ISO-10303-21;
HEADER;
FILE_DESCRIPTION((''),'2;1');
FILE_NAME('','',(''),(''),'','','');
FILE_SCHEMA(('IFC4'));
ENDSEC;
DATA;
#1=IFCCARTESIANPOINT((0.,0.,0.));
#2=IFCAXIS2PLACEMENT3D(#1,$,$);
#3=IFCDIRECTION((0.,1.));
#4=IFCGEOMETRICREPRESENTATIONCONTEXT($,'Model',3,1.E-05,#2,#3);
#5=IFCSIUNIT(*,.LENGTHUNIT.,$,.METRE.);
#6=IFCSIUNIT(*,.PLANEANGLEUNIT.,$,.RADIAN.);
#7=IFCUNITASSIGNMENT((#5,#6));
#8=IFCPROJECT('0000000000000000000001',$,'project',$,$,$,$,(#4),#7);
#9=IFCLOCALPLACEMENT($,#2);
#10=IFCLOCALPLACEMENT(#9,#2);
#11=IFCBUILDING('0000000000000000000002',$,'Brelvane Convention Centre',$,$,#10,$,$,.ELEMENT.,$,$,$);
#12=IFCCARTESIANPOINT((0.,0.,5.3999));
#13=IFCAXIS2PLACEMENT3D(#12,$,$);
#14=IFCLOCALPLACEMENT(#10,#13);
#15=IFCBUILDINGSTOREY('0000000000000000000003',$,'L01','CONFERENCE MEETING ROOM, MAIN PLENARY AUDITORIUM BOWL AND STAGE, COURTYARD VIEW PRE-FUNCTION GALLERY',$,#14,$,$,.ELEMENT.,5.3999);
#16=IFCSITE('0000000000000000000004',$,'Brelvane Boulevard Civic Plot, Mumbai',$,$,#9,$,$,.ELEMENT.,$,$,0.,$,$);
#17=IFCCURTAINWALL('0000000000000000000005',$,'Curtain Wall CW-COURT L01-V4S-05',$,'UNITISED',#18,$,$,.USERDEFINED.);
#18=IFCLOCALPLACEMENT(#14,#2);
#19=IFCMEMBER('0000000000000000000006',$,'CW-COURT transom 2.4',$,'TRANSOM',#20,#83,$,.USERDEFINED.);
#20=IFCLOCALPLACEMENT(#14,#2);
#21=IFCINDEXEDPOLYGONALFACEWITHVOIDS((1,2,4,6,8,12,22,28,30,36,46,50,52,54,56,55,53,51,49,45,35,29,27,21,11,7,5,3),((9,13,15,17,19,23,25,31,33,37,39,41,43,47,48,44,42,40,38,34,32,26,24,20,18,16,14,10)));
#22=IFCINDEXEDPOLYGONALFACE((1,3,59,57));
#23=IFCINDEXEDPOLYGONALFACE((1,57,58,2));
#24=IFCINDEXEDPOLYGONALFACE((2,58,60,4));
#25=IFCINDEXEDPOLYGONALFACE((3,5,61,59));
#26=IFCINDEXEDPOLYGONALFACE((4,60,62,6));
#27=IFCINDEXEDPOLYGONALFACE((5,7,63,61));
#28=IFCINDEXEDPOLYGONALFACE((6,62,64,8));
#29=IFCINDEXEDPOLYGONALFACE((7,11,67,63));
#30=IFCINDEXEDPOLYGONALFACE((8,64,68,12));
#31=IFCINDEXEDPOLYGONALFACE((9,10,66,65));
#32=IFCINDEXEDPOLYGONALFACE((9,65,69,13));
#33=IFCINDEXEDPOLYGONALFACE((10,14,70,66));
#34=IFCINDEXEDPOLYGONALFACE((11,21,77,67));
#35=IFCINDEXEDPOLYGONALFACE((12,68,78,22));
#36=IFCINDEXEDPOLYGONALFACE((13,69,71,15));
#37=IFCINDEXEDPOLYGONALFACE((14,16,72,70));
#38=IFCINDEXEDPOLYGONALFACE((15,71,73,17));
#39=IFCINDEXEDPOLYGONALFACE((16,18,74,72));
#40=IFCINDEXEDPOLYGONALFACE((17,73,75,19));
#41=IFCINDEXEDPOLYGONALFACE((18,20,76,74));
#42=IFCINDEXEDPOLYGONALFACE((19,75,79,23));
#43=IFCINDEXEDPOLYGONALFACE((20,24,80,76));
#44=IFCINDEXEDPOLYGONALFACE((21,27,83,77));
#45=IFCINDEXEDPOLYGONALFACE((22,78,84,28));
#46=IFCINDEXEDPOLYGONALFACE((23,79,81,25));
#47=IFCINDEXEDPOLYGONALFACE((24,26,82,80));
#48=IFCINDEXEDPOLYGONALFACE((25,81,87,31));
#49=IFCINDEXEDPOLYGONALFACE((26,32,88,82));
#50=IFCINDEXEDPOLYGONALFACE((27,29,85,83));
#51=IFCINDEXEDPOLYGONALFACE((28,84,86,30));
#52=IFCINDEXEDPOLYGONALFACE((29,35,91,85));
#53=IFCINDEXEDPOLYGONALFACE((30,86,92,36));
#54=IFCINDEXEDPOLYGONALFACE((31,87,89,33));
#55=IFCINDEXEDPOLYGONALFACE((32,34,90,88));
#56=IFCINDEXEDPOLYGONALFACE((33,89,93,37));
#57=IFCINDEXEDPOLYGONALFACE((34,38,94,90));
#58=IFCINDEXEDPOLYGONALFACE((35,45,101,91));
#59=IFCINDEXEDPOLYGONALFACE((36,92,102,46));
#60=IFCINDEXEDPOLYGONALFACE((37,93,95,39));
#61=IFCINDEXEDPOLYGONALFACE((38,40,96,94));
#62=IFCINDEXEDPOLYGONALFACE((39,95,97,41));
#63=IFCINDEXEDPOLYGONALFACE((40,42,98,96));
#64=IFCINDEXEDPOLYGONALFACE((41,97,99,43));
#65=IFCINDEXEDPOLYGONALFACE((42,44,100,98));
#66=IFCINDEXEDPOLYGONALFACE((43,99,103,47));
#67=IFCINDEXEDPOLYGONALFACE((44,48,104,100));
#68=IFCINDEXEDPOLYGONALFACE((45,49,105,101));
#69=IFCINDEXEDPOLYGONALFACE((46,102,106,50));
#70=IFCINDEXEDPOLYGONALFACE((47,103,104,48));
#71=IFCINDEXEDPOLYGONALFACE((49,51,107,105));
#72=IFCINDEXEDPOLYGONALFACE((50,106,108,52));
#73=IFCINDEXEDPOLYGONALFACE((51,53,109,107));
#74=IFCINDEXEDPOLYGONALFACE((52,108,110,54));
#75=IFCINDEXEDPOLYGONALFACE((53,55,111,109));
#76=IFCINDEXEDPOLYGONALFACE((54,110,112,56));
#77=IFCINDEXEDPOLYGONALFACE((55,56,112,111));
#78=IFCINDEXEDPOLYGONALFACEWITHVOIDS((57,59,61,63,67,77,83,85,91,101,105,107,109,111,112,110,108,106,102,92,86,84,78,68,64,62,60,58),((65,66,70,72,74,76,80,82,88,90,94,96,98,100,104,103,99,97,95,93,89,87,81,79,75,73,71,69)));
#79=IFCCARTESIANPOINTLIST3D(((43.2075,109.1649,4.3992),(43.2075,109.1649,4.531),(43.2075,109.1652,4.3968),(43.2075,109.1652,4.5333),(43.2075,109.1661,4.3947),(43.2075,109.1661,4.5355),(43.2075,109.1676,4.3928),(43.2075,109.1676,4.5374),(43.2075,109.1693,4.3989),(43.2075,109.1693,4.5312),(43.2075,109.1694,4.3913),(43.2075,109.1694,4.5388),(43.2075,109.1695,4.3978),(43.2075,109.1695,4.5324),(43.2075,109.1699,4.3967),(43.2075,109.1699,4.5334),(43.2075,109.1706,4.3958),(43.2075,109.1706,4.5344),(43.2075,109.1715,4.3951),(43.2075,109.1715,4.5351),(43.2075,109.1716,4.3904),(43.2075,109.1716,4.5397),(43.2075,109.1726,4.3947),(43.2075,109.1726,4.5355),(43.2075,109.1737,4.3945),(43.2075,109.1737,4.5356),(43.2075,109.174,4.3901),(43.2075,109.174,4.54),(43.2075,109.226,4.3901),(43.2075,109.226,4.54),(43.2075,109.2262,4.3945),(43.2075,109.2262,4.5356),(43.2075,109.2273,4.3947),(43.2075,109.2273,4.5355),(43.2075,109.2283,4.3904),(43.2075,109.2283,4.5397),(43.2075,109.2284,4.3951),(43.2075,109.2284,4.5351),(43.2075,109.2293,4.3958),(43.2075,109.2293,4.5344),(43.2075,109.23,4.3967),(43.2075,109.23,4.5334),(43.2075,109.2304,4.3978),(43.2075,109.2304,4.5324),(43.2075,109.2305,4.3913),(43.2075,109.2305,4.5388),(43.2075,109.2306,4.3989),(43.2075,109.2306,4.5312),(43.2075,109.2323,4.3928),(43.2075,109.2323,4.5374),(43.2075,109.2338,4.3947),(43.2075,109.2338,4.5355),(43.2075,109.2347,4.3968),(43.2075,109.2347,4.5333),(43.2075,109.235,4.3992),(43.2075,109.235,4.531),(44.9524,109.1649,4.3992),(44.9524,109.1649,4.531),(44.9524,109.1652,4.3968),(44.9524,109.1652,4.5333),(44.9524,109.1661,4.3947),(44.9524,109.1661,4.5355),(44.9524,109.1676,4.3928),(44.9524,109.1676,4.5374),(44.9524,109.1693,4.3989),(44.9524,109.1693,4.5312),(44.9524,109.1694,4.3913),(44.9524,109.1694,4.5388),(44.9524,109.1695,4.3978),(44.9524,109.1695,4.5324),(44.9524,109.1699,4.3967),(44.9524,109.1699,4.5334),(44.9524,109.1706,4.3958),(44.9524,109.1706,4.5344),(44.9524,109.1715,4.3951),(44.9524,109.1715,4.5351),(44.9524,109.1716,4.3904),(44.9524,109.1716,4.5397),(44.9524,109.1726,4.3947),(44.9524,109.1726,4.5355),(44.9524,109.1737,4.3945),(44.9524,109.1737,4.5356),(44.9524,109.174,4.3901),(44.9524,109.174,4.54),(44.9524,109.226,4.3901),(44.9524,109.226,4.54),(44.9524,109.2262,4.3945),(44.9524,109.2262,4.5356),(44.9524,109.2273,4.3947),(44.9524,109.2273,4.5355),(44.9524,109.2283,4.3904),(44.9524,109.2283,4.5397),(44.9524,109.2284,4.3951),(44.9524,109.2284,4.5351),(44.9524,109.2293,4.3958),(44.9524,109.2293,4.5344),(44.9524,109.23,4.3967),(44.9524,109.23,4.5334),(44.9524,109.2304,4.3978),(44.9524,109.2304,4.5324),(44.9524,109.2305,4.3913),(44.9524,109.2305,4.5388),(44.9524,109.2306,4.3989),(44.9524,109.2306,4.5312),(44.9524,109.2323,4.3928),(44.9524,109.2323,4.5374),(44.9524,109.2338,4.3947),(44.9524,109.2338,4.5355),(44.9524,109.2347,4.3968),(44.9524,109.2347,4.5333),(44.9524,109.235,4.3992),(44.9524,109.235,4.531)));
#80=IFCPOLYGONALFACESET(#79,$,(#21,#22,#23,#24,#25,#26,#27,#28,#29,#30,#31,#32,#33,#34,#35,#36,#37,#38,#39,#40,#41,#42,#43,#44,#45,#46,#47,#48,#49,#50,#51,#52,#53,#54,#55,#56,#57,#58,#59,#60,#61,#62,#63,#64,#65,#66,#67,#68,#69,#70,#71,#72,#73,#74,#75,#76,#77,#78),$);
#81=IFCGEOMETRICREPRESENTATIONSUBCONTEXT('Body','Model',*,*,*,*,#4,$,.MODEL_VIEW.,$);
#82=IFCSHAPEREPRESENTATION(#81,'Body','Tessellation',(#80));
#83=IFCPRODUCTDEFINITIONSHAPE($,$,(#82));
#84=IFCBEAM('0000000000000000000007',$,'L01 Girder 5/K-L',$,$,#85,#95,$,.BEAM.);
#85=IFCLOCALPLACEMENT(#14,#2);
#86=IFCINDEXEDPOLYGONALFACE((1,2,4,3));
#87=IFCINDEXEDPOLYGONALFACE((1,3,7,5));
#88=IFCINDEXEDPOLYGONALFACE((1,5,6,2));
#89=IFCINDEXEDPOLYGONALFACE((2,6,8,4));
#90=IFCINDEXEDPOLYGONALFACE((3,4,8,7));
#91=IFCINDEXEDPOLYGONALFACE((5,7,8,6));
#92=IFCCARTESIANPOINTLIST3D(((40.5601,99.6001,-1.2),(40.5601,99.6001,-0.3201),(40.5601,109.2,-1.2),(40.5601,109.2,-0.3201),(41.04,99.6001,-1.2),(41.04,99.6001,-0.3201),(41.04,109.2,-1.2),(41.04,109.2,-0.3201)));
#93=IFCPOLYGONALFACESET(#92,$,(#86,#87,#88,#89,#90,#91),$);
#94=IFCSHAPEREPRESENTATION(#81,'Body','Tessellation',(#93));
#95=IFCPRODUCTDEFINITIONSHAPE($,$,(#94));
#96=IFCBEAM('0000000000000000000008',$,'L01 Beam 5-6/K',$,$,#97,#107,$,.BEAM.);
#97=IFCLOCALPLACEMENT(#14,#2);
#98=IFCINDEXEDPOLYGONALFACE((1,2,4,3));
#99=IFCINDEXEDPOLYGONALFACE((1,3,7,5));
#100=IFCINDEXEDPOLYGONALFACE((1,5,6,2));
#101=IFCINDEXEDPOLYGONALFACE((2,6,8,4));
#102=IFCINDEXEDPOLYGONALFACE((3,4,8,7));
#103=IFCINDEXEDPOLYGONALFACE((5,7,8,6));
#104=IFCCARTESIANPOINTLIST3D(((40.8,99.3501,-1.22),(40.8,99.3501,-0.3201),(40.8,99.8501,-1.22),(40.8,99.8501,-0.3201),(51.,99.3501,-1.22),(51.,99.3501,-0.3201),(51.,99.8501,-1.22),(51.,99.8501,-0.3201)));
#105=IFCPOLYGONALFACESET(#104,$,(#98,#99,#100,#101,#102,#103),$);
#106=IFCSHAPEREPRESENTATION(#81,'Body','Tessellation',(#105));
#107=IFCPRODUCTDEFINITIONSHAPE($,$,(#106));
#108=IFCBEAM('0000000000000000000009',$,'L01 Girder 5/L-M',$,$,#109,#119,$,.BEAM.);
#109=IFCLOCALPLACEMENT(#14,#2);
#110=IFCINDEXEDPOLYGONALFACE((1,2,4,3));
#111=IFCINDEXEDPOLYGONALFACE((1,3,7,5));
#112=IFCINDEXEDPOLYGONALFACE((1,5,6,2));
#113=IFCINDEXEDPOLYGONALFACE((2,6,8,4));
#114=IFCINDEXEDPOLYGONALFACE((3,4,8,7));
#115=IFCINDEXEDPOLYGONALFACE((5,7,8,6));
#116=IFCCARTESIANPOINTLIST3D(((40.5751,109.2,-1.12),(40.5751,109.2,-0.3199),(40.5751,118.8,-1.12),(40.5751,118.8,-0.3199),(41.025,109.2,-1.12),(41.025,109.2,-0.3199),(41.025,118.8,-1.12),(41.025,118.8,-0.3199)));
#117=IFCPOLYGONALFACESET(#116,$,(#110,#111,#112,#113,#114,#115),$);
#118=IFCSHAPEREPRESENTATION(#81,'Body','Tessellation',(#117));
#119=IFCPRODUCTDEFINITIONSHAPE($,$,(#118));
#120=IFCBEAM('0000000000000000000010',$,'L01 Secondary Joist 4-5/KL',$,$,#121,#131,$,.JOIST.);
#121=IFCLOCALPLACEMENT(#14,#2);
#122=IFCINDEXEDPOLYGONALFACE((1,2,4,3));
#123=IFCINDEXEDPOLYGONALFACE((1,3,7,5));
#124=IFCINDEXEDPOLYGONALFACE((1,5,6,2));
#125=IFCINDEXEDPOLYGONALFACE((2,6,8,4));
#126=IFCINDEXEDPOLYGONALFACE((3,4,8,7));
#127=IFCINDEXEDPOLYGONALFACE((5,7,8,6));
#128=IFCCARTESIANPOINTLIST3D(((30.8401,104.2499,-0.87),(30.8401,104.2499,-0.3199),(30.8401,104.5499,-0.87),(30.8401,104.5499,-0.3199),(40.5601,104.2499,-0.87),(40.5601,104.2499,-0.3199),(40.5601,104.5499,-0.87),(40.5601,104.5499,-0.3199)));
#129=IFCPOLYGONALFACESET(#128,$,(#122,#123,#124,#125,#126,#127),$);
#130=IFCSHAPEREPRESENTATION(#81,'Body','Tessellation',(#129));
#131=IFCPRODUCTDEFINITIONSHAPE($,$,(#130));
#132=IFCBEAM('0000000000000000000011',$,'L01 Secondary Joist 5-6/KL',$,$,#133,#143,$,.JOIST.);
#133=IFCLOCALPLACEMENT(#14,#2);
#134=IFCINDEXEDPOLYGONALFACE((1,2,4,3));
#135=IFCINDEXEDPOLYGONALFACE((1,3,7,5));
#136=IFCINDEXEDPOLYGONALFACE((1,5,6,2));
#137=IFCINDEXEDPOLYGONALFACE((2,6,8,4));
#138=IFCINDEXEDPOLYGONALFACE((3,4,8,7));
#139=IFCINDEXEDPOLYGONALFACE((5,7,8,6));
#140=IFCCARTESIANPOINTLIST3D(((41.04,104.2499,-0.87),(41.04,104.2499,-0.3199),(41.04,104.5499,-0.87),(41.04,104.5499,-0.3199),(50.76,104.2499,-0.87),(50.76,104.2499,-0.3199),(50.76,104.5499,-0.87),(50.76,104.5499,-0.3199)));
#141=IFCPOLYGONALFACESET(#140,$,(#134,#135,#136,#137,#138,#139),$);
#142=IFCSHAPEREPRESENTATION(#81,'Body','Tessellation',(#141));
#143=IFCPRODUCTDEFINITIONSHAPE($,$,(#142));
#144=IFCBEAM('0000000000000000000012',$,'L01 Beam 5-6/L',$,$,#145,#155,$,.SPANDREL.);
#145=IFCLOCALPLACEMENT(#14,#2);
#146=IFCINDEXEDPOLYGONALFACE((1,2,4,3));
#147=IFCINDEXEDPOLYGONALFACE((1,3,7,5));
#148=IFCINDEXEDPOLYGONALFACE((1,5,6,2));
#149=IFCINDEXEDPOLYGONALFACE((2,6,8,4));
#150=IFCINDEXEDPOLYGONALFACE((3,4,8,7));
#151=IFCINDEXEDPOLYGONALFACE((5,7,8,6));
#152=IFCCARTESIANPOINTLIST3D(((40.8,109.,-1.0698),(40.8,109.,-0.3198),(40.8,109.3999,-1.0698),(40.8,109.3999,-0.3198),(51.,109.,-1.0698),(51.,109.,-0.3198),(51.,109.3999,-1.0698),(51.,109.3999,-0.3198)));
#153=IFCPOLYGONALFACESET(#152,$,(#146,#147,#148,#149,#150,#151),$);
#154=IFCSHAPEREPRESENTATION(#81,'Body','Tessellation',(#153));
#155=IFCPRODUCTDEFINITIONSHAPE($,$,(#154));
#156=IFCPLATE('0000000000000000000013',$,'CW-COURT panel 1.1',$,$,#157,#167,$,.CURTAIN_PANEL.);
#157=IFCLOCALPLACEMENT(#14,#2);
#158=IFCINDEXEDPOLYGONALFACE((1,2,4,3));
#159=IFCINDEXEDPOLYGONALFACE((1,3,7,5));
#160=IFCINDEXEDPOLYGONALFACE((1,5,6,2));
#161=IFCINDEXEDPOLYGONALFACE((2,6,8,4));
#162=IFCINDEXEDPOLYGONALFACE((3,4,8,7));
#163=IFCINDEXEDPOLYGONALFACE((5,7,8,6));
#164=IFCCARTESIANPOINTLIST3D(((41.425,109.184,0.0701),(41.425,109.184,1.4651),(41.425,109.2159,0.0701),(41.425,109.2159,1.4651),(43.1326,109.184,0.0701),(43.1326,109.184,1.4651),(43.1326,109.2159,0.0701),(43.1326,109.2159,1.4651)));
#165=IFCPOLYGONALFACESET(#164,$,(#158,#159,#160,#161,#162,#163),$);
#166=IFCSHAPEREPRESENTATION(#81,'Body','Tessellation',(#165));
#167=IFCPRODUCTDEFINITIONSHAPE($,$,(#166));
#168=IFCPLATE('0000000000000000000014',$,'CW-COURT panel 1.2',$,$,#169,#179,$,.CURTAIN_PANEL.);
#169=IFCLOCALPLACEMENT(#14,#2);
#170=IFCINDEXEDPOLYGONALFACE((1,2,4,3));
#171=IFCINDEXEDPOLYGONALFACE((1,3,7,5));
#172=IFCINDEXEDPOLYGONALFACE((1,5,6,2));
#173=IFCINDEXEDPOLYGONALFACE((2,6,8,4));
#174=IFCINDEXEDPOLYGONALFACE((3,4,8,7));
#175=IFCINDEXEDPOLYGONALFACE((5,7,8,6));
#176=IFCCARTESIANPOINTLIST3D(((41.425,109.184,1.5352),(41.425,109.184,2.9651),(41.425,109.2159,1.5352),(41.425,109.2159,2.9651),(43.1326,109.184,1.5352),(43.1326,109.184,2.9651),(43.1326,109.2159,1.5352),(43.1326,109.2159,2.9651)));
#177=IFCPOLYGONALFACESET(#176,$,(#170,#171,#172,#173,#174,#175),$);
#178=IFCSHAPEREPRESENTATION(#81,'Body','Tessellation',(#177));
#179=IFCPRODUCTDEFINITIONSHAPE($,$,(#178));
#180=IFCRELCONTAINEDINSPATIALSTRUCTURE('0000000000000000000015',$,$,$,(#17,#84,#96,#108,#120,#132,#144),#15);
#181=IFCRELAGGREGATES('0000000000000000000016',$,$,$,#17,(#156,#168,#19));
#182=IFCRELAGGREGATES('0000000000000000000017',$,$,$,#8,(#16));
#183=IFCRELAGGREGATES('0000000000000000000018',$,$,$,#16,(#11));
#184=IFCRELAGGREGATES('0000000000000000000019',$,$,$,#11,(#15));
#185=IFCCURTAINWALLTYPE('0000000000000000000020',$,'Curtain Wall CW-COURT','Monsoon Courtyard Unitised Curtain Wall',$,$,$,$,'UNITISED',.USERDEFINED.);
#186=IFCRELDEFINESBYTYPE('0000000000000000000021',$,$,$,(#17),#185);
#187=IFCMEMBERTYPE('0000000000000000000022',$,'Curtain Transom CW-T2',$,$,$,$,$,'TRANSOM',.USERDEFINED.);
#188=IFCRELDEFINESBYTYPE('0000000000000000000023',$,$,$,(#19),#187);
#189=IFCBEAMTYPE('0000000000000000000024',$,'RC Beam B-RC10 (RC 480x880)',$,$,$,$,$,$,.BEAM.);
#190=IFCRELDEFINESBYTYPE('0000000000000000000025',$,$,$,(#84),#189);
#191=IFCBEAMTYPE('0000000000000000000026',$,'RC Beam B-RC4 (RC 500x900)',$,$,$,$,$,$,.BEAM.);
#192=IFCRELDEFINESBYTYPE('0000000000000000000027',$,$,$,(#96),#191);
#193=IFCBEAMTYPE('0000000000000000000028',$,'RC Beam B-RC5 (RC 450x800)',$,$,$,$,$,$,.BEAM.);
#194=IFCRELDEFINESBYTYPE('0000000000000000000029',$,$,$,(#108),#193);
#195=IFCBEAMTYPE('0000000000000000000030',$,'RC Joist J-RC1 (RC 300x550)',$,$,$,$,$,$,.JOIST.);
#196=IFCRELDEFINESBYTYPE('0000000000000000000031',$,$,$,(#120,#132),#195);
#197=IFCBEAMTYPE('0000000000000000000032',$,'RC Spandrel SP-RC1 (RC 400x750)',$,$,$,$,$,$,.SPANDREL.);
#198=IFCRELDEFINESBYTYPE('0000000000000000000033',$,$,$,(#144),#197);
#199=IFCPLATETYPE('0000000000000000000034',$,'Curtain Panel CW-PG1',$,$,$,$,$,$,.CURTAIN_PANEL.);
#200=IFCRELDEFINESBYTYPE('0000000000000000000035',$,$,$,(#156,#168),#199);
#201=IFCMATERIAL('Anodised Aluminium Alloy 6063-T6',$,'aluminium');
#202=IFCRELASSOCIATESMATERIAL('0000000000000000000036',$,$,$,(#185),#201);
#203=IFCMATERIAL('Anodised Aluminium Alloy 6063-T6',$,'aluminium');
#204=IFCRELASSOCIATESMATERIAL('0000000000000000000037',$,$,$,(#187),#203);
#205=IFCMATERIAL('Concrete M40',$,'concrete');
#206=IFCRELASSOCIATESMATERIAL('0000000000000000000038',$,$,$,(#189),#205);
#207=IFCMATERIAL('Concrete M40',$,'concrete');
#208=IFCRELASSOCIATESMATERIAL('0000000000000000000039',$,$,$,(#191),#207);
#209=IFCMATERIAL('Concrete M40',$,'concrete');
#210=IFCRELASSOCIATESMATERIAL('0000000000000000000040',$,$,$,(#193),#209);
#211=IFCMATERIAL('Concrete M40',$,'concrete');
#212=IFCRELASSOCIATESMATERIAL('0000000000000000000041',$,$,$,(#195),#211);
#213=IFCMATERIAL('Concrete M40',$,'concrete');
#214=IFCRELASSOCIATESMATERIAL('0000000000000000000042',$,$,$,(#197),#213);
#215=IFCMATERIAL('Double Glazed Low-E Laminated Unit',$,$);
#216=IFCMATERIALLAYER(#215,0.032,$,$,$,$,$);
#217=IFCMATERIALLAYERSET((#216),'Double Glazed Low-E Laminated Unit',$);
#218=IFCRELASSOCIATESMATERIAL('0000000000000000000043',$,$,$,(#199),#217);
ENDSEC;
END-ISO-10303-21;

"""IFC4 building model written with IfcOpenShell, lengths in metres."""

from ifc_helpers import new_model, si_unit, direction, frame, origin, origin_2d, place, context, subcontext, project, spatial, rectangle, hollow_rectangle, extrude, material, layer, layer_set, material_profile, profile_set, type_object, element, aggregate, save


model = new_model("IFC4")

# Units and contexts
model_context = context("Model", 3, precision=1e-05, world=origin(), true_north=direction((0.0, 1.0)))
body_context = subcontext(model_context, "Body", "Model", "MODEL_VIEW")
ifc_project = project(units=[si_unit("LENGTHUNIT", "METRE"), si_unit("PLANEANGLEUNIT", "RADIAN")], contexts=[model_context])

# Site, building, storey
site_placement = place(None, origin())
site = spatial("IfcSite", under=ifc_project, at=site_placement, Name="Brelvane Boulevard Civic Plot, Mumbai", CompositionType="ELEMENT", RefElevation=0.0)
building_placement = place(site_placement, origin())
building = spatial("IfcBuilding", under=site, at=building_placement, Name="Brelvane Convention Centre", CompositionType="ELEMENT")
storey_placement = place(building_placement, frame((0.0, 0.0, 5.3999)))
storey = spatial("IfcBuildingStorey", under=building, at=storey_placement, Name="L01", Description="CONFERENCE MEETING ROOM, MAIN PLENARY AUDITORIUM BOWL AND STAGE, COURTYARD VIEW PRE-FUNCTION GALLERY", CompositionType="ELEMENT", Elevation=5.3999)

# Curtain wall, member
ifc_material_1 = material(Name="Anodised Aluminium Alloy 6063-T6", Category="aluminium")
curtain_wall_type = type_object("IfcCurtainWallType", Name="Curtain Wall CW-COURT", Description="Monsoon Courtyard Unitised Curtain Wall", ElementType="UNITISED", PredefinedType="USERDEFINED", material=ifc_material_1)
curtain_wall_placement = place(storey_placement, origin())
curtain_wall = element("IfcCurtainWall", 1, at=curtain_wall_placement, inside=storey, type_object=curtain_wall_type, Name="Curtain Wall CW-COURT L01-V4S-05", ObjectType="UNITISED", PredefinedType="USERDEFINED")
ifc_material_2 = material(Name="Anodised Aluminium Alloy 6063-T6", Category="aluminium")
ifc_material_profile_1 = material_profile(ifc_material_2, hollow_rectangle(XDim=0.0701, YDim=0.1499, WallThickness=0.0044, InnerFilletRadius=0.0044, OuterFilletRadius=0.009, at=origin_2d()), Name="ALU-T 150x70x4.5")
ifc_profile_set_1 = profile_set([ifc_material_profile_1], Name="Anodised Aluminium Alloy 6063-T6")
member_type_1 = type_object("IfcMemberType", Name="Curtain Transom CW-T2", ElementType="TRANSOM", PredefinedType="USERDEFINED", material=ifc_profile_set_1)
member_1_placement = place(storey_placement, frame((43.2075, 109.2, 4.4651), z_axis=(1.0, 0.0, 0.0), x_axis=(0.0, 1.0, 0.0)))
member_1 = element("IfcMember", 2, at=member_1_placement, type_object=member_type_1, Name="CW-COURT transom 2.4", ObjectType="TRANSOM", PredefinedType="USERDEFINED", context=body_context, shape_type="SweptSolid", body=[
    extrude(hollow_rectangle(XDim=0.0701, YDim=0.1499, WallThickness=0.0044, InnerFilletRadius=0.0044, OuterFilletRadius=0.009, at=origin_2d()), origin(), (0.0, 0.0, 1.0), 1.7449),
])

# Beams
ifc_material_3 = material(Name="Concrete M40", Category="concrete")
ifc_material_profile_2 = material_profile(ifc_material_3, rectangle(XDim=0.48, YDim=0.8799, at=origin_2d()), Name="RC 480x880")
ifc_profile_set_2 = profile_set([ifc_material_profile_2], Name="Concrete M40")
beam_type_1 = type_object("IfcBeamType", Name="RC Beam B-RC10 (RC 480x880)", PredefinedType="BEAM", material=ifc_profile_set_2)
beam_1_placement = place(storey_placement, frame((40.8, 99.6001, -0.76), z_axis=(0.0, 1.0, 0.0), x_axis=(-1.0, 0.0, 0.0)))
element("IfcBeam", 3, at=beam_1_placement, inside=storey, type_object=beam_type_1, Name="L01 Girder 5/K-L", PredefinedType="BEAM", context=body_context, shape_type="SweptSolid", body=[
    extrude(rectangle(XDim=0.48, YDim=0.8799, at=origin_2d()), origin(), (0.0, 0.0, 1.0), 9.5999),
])
ifc_material_4 = material(Name="Concrete M40", Category="concrete")
ifc_material_profile_3 = material_profile(ifc_material_4, rectangle(XDim=0.5, YDim=0.8999, at=origin_2d()), Name="RC 500x900")
ifc_profile_set_3 = profile_set([ifc_material_profile_3], Name="Concrete M40")
beam_type_2 = type_object("IfcBeamType", Name="RC Beam B-RC4 (RC 500x900)", PredefinedType="BEAM", material=ifc_profile_set_3)
beam_2_placement = place(storey_placement, frame((40.8, 99.6001, -0.77), z_axis=(1.0, 0.0, 0.0), x_axis=(0.0, 1.0, 0.0)))
element("IfcBeam", 4, at=beam_2_placement, inside=storey, type_object=beam_type_2, Name="L01 Beam 5-6/K", PredefinedType="BEAM", context=body_context, shape_type="SweptSolid", body=[
    extrude(rectangle(XDim=0.5, YDim=0.8999, at=origin_2d()), origin(), (0.0, 0.0, 1.0), 10.2),
])
ifc_material_5 = material(Name="Concrete M40", Category="concrete")
ifc_material_profile_4 = material_profile(ifc_material_5, rectangle(XDim=0.45, YDim=0.8, at=origin_2d()), Name="RC 450x800")
ifc_profile_set_4 = profile_set([ifc_material_profile_4], Name="Concrete M40")
beam_type_3 = type_object("IfcBeamType", Name="RC Beam B-RC5 (RC 450x800)", PredefinedType="BEAM", material=ifc_profile_set_4)
beam_3_placement = place(storey_placement, frame((40.8, 109.2, -0.72), z_axis=(0.0, 1.0, 0.0), x_axis=(-1.0, 0.0, 0.0)))
element("IfcBeam", 5, at=beam_3_placement, inside=storey, type_object=beam_type_3, Name="L01 Girder 5/L-M", PredefinedType="BEAM", context=body_context, shape_type="SweptSolid", body=[
    extrude(rectangle(XDim=0.45, YDim=0.8, at=origin_2d()), origin(), (0.0, 0.0, 1.0), 9.6001),
])
ifc_material_6 = material(Name="Concrete M40", Category="concrete")
ifc_material_profile_5 = material_profile(ifc_material_6, rectangle(XDim=0.3, YDim=0.55, at=origin_2d()), Name="RC 300x550")
ifc_profile_set_5 = profile_set([ifc_material_profile_5], Name="Concrete M40")
beam_type_4 = type_object("IfcBeamType", Name="RC Joist J-RC1 (RC 300x550)", PredefinedType="JOIST", material=ifc_profile_set_5)
for number, where, z_axis, x_axis, name in (
    (6, (30.8401, 104.3999, -0.595), (1.0, 0.0, 0.0), (0.0, 1.0, 0.0), "L01 Secondary Joist 4-5/KL"),
    (7, (41.04, 104.3999, -0.595), (1.0, 0.0, 0.0), (0.0, 1.0, 0.0), "L01 Secondary Joist 5-6/KL"),
):
    element("IfcBeam", number, at=place(storey_placement, frame(where, z_axis=z_axis, x_axis=x_axis)), inside=storey, type_object=beam_type_4, Name=name, PredefinedType="JOIST", context=body_context, shape_type="SweptSolid", body=[
        extrude(rectangle(XDim=0.3, YDim=0.55, at=origin_2d()), origin(), (0.0, 0.0, 1.0), 9.72),
    ])
ifc_material_7 = material(Name="Concrete M40", Category="concrete")
ifc_material_profile_6 = material_profile(ifc_material_7, rectangle(XDim=0.3999, YDim=0.75, at=origin_2d()), Name="RC 400x750")
ifc_profile_set_6 = profile_set([ifc_material_profile_6], Name="Concrete M40")
beam_type_5 = type_object("IfcBeamType", Name="RC Spandrel SP-RC1 (RC 400x750)", PredefinedType="SPANDREL", material=ifc_profile_set_6)
beam_4_placement = place(storey_placement, frame((40.8, 109.2, -0.6948), z_axis=(1.0, 0.0, 0.0), x_axis=(0.0, 1.0, 0.0)))
element("IfcBeam", 8, at=beam_4_placement, inside=storey, type_object=beam_type_5, Name="L01 Beam 5-6/L", PredefinedType="SPANDREL", context=body_context, shape_type="SweptSolid", body=[
    extrude(rectangle(XDim=0.3999, YDim=0.75, at=origin_2d()), origin(), (0.0, 0.0, 1.0), 10.2),
])

# Plates
ifc_material_8 = material(Name="Double Glazed Low-E Laminated Unit")
ifc_layer_1 = layer(ifc_material_8, 0.032)
ifc_layer_set_1 = layer_set([ifc_layer_1], Name="Double Glazed Low-E Laminated Unit")
plate_type = type_object("IfcPlateType", Name="Curtain Panel CW-PG1", PredefinedType="CURTAIN_PANEL", material=ifc_layer_set_1)
plate_1_placement = place(storey_placement, frame((42.2788, 109.2, 0.0701), z_axis=(0.0, 0.0, 1.0), x_axis=(1.0, 0.0, 0.0)))
plate_1 = element("IfcPlate", 9, at=plate_1_placement, type_object=plate_type, Name="CW-COURT panel 1.1", PredefinedType="CURTAIN_PANEL", context=body_context, shape_type="SweptSolid", body=[
    extrude(rectangle(XDim=1.7075, YDim=0.032, at=origin_2d()), origin(), (0.0, 0.0, 1.0), 1.395),
])
plate_2_placement = place(storey_placement, frame((42.2788, 109.2, 1.5352), z_axis=(0.0, 0.0, 1.0), x_axis=(1.0, 0.0, 0.0)))
plate_2 = element("IfcPlate", 10, at=plate_2_placement, type_object=plate_type, Name="CW-COURT panel 1.2", PredefinedType="CURTAIN_PANEL", context=body_context, shape_type="SweptSolid", body=[
    extrude(rectangle(XDim=1.7075, YDim=0.032, at=origin_2d()), origin(), (0.0, 0.0, 1.0), 1.4299),
])
aggregate(curtain_wall, [plate_1, plate_2, member_1])

save(model, "model.ifc")
